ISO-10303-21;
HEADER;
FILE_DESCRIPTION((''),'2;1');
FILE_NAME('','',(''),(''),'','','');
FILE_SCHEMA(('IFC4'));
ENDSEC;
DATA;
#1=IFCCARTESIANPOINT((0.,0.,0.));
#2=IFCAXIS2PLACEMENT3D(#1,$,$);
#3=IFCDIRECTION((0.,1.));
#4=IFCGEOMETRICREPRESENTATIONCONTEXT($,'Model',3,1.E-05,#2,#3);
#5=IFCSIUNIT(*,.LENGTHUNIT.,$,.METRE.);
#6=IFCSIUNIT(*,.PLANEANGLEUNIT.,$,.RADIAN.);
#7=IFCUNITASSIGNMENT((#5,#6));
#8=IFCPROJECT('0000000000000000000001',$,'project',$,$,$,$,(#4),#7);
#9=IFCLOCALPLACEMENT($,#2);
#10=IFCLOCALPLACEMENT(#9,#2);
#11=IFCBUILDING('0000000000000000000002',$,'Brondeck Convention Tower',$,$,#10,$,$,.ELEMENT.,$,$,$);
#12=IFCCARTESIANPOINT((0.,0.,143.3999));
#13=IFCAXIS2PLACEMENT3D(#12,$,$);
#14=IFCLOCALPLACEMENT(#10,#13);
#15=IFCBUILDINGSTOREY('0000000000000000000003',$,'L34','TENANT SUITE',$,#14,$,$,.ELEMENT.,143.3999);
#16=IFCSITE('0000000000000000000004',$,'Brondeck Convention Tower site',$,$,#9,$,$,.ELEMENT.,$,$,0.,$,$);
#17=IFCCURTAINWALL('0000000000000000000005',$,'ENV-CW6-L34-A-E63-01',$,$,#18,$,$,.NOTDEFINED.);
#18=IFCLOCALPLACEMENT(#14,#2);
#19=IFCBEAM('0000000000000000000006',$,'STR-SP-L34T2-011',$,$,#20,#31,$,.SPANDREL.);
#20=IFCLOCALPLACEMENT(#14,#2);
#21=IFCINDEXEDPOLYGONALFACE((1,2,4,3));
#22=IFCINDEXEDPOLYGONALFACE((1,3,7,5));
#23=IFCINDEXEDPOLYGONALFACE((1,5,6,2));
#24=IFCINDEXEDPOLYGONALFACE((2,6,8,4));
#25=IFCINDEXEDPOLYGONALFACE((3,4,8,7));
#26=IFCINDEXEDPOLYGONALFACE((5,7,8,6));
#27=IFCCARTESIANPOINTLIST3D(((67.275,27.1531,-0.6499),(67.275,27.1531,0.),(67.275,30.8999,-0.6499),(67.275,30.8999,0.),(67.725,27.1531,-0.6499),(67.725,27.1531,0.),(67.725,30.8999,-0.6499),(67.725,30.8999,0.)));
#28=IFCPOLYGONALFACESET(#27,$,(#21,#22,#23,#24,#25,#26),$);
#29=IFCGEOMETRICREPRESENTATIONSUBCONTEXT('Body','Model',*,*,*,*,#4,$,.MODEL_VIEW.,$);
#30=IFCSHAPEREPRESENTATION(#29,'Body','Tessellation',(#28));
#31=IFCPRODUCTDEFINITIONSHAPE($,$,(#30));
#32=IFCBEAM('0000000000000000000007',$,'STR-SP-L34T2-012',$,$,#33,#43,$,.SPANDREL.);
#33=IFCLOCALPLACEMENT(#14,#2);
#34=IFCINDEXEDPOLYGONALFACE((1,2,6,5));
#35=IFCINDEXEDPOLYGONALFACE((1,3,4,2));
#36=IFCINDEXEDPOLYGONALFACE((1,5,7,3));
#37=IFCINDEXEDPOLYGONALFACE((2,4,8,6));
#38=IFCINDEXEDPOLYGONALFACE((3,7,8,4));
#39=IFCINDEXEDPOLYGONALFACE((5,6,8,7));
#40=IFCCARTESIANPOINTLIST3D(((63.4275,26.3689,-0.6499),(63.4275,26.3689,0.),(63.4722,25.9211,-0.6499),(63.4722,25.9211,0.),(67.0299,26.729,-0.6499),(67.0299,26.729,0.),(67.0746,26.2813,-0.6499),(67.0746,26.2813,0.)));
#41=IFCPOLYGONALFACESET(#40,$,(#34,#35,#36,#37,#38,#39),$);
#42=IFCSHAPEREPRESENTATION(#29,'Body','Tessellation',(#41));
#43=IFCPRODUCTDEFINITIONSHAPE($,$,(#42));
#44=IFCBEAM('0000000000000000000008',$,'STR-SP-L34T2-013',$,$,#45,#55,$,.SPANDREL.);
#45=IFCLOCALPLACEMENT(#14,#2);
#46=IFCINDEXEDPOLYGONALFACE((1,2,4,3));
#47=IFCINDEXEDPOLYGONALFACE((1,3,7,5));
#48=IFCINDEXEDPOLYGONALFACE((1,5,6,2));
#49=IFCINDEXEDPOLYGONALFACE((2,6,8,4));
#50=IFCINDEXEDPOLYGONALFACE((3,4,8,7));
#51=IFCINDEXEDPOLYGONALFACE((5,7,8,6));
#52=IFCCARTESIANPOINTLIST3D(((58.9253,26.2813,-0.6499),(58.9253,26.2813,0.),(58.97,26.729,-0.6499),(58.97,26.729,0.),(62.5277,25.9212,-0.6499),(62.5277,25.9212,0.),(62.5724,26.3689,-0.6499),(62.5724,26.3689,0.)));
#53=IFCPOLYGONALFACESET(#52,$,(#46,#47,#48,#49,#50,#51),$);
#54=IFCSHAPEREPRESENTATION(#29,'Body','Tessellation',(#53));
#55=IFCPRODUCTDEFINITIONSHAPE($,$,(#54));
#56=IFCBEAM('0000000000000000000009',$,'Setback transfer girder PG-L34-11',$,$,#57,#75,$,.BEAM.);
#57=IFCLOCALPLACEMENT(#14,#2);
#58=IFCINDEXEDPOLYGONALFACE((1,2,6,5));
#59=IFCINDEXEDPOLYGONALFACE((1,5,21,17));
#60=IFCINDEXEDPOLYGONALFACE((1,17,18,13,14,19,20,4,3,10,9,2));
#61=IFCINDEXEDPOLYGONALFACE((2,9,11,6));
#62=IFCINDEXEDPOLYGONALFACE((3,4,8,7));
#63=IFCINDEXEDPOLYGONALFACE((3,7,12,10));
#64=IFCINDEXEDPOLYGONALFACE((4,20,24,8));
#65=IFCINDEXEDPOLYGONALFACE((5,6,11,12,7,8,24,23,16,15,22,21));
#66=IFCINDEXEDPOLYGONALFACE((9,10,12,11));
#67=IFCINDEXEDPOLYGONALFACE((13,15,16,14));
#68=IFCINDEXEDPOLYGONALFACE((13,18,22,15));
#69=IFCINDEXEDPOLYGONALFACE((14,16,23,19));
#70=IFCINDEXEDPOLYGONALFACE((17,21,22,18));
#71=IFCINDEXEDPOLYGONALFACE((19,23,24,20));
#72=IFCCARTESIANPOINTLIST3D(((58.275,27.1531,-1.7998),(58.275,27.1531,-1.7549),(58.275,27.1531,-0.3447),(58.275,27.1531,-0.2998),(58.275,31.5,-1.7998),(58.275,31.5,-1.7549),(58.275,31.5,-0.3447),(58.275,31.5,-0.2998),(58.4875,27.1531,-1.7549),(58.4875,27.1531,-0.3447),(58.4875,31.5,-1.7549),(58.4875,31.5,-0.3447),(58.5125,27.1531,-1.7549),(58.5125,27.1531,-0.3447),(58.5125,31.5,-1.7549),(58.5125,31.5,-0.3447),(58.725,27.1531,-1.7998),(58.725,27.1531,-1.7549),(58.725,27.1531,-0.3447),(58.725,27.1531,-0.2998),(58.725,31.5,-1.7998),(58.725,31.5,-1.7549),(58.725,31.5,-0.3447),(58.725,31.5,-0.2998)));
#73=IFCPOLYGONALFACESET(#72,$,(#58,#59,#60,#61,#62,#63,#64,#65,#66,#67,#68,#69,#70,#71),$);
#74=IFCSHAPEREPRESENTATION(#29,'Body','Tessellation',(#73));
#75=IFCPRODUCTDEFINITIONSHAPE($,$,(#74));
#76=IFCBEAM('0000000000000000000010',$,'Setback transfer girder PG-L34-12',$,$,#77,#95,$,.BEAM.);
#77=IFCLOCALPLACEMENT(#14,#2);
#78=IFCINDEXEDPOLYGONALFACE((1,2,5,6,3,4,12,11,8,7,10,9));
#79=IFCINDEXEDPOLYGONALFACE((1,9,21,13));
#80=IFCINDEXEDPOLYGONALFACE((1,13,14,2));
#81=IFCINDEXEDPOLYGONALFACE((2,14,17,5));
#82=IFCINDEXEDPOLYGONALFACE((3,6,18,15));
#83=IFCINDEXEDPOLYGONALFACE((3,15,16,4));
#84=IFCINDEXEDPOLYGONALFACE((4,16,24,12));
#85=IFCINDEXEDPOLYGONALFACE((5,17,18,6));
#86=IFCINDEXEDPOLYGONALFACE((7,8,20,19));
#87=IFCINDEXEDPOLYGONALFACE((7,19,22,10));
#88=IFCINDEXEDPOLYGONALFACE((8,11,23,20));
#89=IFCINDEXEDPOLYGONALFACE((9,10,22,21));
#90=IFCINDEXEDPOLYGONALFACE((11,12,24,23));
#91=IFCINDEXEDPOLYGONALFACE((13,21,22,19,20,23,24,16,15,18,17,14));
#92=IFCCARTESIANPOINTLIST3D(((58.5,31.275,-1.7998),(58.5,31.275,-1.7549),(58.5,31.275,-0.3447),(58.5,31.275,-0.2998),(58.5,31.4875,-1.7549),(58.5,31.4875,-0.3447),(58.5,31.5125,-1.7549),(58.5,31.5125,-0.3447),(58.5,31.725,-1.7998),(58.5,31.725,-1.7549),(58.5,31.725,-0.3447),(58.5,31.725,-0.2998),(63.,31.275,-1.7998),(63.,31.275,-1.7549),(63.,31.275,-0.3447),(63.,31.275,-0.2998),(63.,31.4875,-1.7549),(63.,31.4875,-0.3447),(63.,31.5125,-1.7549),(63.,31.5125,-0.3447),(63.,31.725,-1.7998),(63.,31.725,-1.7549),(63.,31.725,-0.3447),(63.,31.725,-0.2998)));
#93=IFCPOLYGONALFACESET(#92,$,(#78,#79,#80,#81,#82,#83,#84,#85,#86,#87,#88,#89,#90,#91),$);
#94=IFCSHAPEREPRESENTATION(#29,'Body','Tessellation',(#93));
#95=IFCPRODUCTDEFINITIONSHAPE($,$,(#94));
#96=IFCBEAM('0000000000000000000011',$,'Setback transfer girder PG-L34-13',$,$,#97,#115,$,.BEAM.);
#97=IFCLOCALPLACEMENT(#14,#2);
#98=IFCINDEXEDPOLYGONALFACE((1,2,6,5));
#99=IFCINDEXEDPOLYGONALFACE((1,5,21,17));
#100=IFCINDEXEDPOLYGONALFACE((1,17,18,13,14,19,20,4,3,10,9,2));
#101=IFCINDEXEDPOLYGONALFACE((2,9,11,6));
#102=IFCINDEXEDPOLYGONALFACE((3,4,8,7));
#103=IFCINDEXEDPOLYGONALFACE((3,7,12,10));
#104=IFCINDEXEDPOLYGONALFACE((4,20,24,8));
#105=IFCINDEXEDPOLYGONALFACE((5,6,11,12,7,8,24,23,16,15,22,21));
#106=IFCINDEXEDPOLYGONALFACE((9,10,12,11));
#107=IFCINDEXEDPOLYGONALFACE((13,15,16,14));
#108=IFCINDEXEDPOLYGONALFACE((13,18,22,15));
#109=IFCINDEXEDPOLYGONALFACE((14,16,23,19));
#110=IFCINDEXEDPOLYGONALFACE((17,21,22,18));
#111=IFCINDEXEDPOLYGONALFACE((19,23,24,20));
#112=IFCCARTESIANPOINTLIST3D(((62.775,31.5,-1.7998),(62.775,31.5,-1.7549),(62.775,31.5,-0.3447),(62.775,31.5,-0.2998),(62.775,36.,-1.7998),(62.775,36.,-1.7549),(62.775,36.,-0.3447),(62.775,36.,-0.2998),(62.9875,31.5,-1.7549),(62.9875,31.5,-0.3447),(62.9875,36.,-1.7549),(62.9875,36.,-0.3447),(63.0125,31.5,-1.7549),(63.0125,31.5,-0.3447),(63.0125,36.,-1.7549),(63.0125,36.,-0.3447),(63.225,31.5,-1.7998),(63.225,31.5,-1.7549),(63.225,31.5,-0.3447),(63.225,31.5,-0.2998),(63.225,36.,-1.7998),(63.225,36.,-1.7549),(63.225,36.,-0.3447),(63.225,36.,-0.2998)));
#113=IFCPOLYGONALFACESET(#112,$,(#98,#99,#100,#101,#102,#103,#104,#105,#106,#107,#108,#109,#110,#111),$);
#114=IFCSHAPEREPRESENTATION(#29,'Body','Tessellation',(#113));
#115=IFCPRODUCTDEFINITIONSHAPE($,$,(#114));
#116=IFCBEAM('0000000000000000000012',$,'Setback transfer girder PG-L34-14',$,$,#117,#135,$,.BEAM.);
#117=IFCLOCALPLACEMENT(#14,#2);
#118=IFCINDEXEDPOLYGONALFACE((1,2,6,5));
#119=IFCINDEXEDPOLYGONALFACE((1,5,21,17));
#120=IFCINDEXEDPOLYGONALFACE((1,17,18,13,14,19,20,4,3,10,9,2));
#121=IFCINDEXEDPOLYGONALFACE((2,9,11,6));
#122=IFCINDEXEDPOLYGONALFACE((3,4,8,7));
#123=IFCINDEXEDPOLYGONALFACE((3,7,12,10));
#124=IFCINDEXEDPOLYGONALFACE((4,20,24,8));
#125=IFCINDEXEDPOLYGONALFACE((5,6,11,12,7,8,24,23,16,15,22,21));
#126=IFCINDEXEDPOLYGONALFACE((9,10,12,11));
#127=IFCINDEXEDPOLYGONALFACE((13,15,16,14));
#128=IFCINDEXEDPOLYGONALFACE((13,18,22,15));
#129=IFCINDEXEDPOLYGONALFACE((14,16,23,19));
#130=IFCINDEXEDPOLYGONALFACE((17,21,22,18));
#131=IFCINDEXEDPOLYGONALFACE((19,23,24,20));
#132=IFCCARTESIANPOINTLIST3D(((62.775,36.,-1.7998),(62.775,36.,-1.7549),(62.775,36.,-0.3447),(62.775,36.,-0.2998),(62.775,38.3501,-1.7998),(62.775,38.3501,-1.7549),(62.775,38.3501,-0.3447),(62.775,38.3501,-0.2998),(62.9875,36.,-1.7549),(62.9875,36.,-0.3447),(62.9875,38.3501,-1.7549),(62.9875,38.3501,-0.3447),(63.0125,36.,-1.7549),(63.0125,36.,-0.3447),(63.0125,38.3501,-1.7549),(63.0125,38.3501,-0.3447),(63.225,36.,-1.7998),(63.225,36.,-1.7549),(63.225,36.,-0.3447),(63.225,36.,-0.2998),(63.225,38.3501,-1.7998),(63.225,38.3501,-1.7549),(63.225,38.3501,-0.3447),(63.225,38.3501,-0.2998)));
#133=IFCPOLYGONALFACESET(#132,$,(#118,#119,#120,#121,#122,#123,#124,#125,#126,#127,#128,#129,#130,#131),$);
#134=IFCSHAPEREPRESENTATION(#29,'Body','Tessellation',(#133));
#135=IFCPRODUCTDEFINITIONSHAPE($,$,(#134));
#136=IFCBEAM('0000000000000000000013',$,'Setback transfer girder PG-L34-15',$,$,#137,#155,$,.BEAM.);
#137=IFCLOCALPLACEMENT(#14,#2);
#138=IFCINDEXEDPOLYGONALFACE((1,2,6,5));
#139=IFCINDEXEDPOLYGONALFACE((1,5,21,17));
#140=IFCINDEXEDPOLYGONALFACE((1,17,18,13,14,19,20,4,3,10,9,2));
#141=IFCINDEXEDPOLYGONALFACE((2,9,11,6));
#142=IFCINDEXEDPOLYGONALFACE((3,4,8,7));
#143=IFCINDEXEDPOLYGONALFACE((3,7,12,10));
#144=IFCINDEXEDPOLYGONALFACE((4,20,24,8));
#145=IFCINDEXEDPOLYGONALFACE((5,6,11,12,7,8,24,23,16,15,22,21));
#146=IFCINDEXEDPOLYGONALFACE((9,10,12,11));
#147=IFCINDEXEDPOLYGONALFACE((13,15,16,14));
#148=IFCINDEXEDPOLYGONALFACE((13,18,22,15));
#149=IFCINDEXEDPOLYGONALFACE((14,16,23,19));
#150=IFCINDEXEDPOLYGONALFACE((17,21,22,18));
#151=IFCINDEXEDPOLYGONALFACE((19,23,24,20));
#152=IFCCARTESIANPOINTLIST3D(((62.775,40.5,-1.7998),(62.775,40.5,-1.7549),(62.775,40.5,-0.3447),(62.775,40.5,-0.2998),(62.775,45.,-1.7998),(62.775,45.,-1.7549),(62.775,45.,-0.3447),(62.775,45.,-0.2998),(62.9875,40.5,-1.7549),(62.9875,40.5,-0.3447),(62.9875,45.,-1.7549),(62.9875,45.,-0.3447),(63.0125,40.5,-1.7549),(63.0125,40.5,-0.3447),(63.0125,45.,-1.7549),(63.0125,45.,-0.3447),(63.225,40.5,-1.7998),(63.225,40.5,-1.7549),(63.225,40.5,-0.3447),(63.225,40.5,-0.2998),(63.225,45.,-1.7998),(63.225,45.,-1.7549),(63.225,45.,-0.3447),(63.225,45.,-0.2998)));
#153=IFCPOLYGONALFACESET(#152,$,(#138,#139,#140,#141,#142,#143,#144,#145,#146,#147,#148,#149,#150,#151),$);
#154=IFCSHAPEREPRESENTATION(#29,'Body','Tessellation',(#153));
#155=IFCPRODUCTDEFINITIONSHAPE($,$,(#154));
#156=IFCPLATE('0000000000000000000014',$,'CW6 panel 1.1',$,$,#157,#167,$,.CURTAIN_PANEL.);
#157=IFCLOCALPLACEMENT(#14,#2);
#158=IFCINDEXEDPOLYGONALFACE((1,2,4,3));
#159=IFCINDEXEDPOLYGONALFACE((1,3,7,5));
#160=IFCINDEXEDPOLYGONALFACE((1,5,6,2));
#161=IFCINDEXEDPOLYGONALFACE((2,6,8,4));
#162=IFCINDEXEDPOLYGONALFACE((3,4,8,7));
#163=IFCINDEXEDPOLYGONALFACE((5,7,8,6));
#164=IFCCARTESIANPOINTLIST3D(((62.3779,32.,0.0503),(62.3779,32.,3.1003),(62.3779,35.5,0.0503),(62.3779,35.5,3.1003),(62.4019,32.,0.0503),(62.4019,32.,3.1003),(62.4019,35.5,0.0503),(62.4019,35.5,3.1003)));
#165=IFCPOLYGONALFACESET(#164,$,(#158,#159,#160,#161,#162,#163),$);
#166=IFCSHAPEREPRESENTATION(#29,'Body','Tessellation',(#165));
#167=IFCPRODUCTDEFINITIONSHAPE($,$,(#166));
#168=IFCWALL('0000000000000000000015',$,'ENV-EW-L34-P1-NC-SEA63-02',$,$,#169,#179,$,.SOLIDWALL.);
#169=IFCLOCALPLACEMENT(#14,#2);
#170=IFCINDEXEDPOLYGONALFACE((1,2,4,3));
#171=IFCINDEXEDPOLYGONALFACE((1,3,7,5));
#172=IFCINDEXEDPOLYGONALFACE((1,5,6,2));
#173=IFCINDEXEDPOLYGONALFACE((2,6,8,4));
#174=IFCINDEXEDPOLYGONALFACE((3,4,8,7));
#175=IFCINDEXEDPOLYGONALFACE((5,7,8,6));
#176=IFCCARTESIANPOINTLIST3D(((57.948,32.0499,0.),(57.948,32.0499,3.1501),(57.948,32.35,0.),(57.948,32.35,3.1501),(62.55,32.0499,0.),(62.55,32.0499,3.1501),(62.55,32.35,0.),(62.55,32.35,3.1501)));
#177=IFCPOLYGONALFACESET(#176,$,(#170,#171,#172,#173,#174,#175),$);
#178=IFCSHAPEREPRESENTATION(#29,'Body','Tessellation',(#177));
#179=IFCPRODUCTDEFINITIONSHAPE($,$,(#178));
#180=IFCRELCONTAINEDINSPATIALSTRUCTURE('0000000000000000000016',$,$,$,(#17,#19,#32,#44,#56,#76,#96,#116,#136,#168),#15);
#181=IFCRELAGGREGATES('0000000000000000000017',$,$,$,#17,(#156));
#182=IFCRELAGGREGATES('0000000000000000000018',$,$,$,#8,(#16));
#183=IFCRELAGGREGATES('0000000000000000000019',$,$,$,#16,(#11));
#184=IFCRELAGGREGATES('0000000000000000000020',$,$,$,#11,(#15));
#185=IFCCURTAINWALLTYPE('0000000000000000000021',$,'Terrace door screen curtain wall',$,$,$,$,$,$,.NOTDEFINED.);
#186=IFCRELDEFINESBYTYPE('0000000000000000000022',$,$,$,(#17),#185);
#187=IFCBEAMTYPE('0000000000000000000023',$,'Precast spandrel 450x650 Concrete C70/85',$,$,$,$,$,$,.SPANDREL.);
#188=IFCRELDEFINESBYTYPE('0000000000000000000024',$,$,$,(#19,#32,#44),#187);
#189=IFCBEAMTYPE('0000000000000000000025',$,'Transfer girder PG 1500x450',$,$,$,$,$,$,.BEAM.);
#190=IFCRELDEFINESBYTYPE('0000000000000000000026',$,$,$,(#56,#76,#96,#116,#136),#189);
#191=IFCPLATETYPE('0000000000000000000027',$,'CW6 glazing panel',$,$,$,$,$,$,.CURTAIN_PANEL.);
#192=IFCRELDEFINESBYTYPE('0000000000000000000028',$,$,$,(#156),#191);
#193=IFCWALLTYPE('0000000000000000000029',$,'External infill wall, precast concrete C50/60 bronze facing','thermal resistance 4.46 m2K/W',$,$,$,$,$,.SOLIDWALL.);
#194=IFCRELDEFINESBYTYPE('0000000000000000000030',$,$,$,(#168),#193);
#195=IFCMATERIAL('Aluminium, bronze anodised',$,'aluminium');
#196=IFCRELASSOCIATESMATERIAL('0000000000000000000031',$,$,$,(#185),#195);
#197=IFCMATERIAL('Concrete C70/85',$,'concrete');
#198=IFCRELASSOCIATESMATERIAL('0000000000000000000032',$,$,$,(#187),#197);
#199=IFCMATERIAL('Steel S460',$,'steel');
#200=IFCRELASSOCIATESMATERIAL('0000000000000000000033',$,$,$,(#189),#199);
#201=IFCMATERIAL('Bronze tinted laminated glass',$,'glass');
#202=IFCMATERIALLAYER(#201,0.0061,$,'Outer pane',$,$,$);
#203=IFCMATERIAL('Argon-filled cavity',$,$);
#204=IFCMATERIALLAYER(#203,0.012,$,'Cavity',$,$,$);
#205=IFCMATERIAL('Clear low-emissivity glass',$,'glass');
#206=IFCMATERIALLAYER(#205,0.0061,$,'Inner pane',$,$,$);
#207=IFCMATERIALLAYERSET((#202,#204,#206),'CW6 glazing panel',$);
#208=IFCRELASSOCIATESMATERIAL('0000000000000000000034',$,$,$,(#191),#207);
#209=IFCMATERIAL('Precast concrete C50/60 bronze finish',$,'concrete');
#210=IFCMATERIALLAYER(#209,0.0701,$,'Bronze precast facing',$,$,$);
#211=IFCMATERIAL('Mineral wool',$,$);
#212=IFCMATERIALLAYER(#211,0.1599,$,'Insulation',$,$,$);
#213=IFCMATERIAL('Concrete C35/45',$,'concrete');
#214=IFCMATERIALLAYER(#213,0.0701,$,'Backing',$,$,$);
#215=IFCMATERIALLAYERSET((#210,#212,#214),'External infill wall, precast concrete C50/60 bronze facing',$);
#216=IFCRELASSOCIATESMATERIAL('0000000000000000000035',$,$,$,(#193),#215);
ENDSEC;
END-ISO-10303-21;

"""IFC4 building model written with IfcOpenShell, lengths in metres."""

from ifc_helpers import new_model, si_unit, direction, frame, frame_2d, origin, origin_2d, place, context, subcontext, project, spatial, rectangle, i_section, extrude, material, layer, layer_set, material_profile, profile_set, type_object, element, aggregate, save


model = new_model("IFC4")

# Units and contexts
model_context = context("Model", 3, precision=1e-05, world=origin(), true_north=direction((0.0, 1.0)))
body_context = subcontext(model_context, "Body", "Model", "MODEL_VIEW")
ifc_project = project(units=[si_unit("LENGTHUNIT", "METRE"), si_unit("PLANEANGLEUNIT", "RADIAN")], contexts=[model_context])

# Site, building, storey
site_placement = place(None, origin())
site = spatial("IfcSite", under=ifc_project, at=site_placement, Name="Brondeck Convention Tower site", CompositionType="ELEMENT", RefElevation=0.0)
building_placement = place(site_placement, origin())
building = spatial("IfcBuilding", under=site, at=building_placement, Name="Brondeck Convention Tower", CompositionType="ELEMENT")
storey_placement = place(building_placement, frame((0.0, 0.0, 143.3999)))
storey = spatial("IfcBuildingStorey", under=building, at=storey_placement, Name="L34", Description="TENANT SUITE", CompositionType="ELEMENT", Elevation=143.3999)

# Shared definitions
ifc_material_1 = material(Name="Concrete C70/85", Category="concrete")

# Curtain wall
ifc_material_2 = material(Name="Aluminium, bronze anodised", Category="aluminium")
curtain_wall_type = type_object("IfcCurtainWallType", Name="Terrace door screen curtain wall", PredefinedType="NOTDEFINED", material=ifc_material_2)
curtain_wall_placement = place(storey_placement, origin())
curtain_wall = element("IfcCurtainWall", 1, at=curtain_wall_placement, inside=storey, type_object=curtain_wall_type, Name="ENV-CW6-L34-A-E63-01", PredefinedType="NOTDEFINED")

# Beams
ifc_material_profile_1 = material_profile(ifc_material_1, rectangle(XDim=0.45, YDim=0.6499, at=origin_2d()), Name="Precast spandrel 450x650 Concrete C70/85")
ifc_profile_set_1 = profile_set([ifc_material_profile_1], Name="Concrete C70/85")
beam_type_1 = type_object("IfcBeamType", Name="Precast spandrel 450x650 Concrete C70/85", PredefinedType="SPANDREL", material=ifc_profile_set_1)
beam_1_placement = place(storey_placement, frame((67.5, 30.8999, -0.325), z_axis=(0.0, -1.0, 0.0), x_axis=(1.0, 0.0, 0.0)))
element("IfcBeam", 2, at=beam_1_placement, inside=storey, type_object=beam_type_1, Name="STR-SP-L34T2-011", PredefinedType="SPANDREL", context=body_context, shape_type="SweptSolid", body=[
    extrude(rectangle(XDim=0.45, YDim=0.6499, at=origin_2d()), origin(), (0.0, 0.0, 1.0), 3.7468),
])
for number, where, z_axis, x_axis, name in (
    (3, (67.0522, 26.5051, -0.325), (-0.995041, -0.09947, 0.0), (0.09947, -0.995041, 0.0), "STR-SP-L34T2-012"),
    (4, (62.55, 26.145, -0.325), (-0.995041, 0.09947, 0.0), (-0.09947, -0.995041, 0.0), "STR-SP-L34T2-013"),
):
    element("IfcBeam", number, at=place(storey_placement, frame(where, z_axis=z_axis, x_axis=x_axis)), inside=storey, type_object=beam_type_1, Name=name, PredefinedType="SPANDREL", context=body_context, shape_type="SweptSolid", body=[
        extrude(rectangle(XDim=0.45, YDim=0.6499, at=origin_2d()), origin(), (0.0, 0.0, 1.0), 3.6204),
    ])
ifc_material_3 = material(Name="Steel S460", Category="steel")
ifc_material_profile_2 = material_profile(ifc_material_3, i_section(OverallWidth=0.45, OverallDepth=1.5, WebThickness=0.0249, FlangeThickness=0.0449, at=origin_2d()), Name="PG 1500x450")
ifc_profile_set_2 = profile_set([ifc_material_profile_2], Name="Steel S460")
beam_type_2 = type_object("IfcBeamType", Name="Transfer girder PG 1500x450", PredefinedType="BEAM", material=ifc_profile_set_2)
beam_2_placement = place(storey_placement, frame((58.5, 27.1531, -1.0498), z_axis=(0.0, 1.0, 0.0), x_axis=(-1.0, 0.0, 0.0)))
element("IfcBeam", 5, at=beam_2_placement, inside=storey, type_object=beam_type_2, Name="Setback transfer girder PG-L34-11", PredefinedType="BEAM", context=body_context, shape_type="SweptSolid", body=[
    extrude(i_section(OverallWidth=0.45, OverallDepth=1.5, WebThickness=0.0249, FlangeThickness=0.0449, at=origin_2d()), origin(), (0.0, 0.0, 1.0), 4.3469),
])
for number, where, z_axis, x_axis, name in (
    (6, (58.5, 31.5, -1.0498), (1.0, 0.0, 0.0), (0.0, 1.0, 0.0), "Setback transfer girder PG-L34-12"),
    (7, (63.0, 31.5, -1.0498), (0.0, 1.0, 0.0), (-1.0, 0.0, 0.0), "Setback transfer girder PG-L34-13"),
):
    element("IfcBeam", number, at=place(storey_placement, frame(where, z_axis=z_axis, x_axis=x_axis)), inside=storey, type_object=beam_type_2, Name=name, PredefinedType="BEAM", context=body_context, shape_type="SweptSolid", body=[
        extrude(i_section(OverallWidth=0.45, OverallDepth=1.5, WebThickness=0.0249, FlangeThickness=0.0449, at=origin_2d()), origin(), (0.0, 0.0, 1.0), 4.5),
    ])
beam_3_placement = place(storey_placement, frame((63.0, 36.0, -1.0498), z_axis=(0.0, 1.0, 0.0), x_axis=(-1.0, 0.0, 0.0)))
element("IfcBeam", 8, at=beam_3_placement, inside=storey, type_object=beam_type_2, Name="Setback transfer girder PG-L34-14", PredefinedType="BEAM", context=body_context, shape_type="SweptSolid", body=[
    extrude(i_section(OverallWidth=0.45, OverallDepth=1.5, WebThickness=0.0249, FlangeThickness=0.0449, at=origin_2d()), origin(), (0.0, 0.0, 1.0), 2.3501),
])
beam_4_placement = place(storey_placement, frame((63.0, 40.5, -1.0498), z_axis=(0.0, 1.0, 0.0), x_axis=(-1.0, 0.0, 0.0)))
element("IfcBeam", 9, at=beam_4_placement, inside=storey, type_object=beam_type_2, Name="Setback transfer girder PG-L34-15", PredefinedType="BEAM", context=body_context, shape_type="SweptSolid", body=[
    extrude(i_section(OverallWidth=0.45, OverallDepth=1.5, WebThickness=0.0249, FlangeThickness=0.0449, at=origin_2d()), origin(), (0.0, 0.0, 1.0), 4.5),
])

# Plate
ifc_material_4 = material(Name="Bronze tinted laminated glass", Category="glass")
ifc_layer_1 = layer(ifc_material_4, 0.0061, Name="Outer pane")
ifc_material_5 = material(Name="Argon-filled cavity")
ifc_layer_2 = layer(ifc_material_5, 0.012, Name="Cavity")
ifc_material_6 = material(Name="Clear low-emissivity glass", Category="glass")
ifc_layer_3 = layer(ifc_material_6, 0.0061, Name="Inner pane")
ifc_layer_set_1 = layer_set([ifc_layer_1, ifc_layer_2, ifc_layer_3], Name="CW6 glazing panel")
plate_type = type_object("IfcPlateType", Name="CW6 glazing panel", PredefinedType="CURTAIN_PANEL", material=ifc_layer_set_1)
plate_placement = place(storey_placement, frame((62.3899, 33.75, 0.0503), z_axis=(0.0, 0.0, 1.0), x_axis=(0.0, -1.0, 0.0)))
plate = element("IfcPlate", 10, at=plate_placement, type_object=plate_type, Name="CW6 panel 1.1", PredefinedType="CURTAIN_PANEL", context=body_context, shape_type="SweptSolid", body=[
    extrude(rectangle(XDim=3.5, YDim=0.0239, at=origin_2d()), origin(), (0.0, 0.0, 1.0), 3.05),
])
aggregate(curtain_wall, [plate])

# Wall
ifc_material_7 = material(Name="Precast concrete C50/60 bronze finish", Category="concrete")
ifc_layer_4 = layer(ifc_material_7, 0.0701, Name="Bronze precast facing")
ifc_material_8 = material(Name="Mineral wool")
ifc_layer_5 = layer(ifc_material_8, 0.1599, Name="Insulation")
ifc_material_9 = material(Name="Concrete C35/45", Category="concrete")
ifc_layer_6 = layer(ifc_material_9, 0.0701, Name="Backing")
ifc_layer_set_2 = layer_set([ifc_layer_4, ifc_layer_5, ifc_layer_6], Name="External infill wall, precast concrete C50/60 bronze facing")
wall_type_1 = type_object("IfcWallType", Name="External infill wall, precast concrete C50/60 bronze facing", Description="thermal resistance 4.46 m2K/W", PredefinedType="SOLIDWALL", material=ifc_layer_set_2)
wall_1_placement = place(storey_placement, frame((62.55, 32.2, 0.0), z_axis=(0.0, 0.0, 1.0), x_axis=(-1.0, 0.0, 0.0)))
element("IfcWall", 11, at=wall_1_placement, inside=storey, type_object=wall_type_1, Name="ENV-EW-L34-P1-NC-SEA63-02", PredefinedType="SOLIDWALL", context=body_context, shape_type="SweptSolid", body=[
    extrude(rectangle(XDim=4.6021, YDim=0.3, at=frame_2d((2.301, 0.0))), origin(), (0.0, 0.0, 1.0), 3.1501),
])

save(model, "model.ifc")
